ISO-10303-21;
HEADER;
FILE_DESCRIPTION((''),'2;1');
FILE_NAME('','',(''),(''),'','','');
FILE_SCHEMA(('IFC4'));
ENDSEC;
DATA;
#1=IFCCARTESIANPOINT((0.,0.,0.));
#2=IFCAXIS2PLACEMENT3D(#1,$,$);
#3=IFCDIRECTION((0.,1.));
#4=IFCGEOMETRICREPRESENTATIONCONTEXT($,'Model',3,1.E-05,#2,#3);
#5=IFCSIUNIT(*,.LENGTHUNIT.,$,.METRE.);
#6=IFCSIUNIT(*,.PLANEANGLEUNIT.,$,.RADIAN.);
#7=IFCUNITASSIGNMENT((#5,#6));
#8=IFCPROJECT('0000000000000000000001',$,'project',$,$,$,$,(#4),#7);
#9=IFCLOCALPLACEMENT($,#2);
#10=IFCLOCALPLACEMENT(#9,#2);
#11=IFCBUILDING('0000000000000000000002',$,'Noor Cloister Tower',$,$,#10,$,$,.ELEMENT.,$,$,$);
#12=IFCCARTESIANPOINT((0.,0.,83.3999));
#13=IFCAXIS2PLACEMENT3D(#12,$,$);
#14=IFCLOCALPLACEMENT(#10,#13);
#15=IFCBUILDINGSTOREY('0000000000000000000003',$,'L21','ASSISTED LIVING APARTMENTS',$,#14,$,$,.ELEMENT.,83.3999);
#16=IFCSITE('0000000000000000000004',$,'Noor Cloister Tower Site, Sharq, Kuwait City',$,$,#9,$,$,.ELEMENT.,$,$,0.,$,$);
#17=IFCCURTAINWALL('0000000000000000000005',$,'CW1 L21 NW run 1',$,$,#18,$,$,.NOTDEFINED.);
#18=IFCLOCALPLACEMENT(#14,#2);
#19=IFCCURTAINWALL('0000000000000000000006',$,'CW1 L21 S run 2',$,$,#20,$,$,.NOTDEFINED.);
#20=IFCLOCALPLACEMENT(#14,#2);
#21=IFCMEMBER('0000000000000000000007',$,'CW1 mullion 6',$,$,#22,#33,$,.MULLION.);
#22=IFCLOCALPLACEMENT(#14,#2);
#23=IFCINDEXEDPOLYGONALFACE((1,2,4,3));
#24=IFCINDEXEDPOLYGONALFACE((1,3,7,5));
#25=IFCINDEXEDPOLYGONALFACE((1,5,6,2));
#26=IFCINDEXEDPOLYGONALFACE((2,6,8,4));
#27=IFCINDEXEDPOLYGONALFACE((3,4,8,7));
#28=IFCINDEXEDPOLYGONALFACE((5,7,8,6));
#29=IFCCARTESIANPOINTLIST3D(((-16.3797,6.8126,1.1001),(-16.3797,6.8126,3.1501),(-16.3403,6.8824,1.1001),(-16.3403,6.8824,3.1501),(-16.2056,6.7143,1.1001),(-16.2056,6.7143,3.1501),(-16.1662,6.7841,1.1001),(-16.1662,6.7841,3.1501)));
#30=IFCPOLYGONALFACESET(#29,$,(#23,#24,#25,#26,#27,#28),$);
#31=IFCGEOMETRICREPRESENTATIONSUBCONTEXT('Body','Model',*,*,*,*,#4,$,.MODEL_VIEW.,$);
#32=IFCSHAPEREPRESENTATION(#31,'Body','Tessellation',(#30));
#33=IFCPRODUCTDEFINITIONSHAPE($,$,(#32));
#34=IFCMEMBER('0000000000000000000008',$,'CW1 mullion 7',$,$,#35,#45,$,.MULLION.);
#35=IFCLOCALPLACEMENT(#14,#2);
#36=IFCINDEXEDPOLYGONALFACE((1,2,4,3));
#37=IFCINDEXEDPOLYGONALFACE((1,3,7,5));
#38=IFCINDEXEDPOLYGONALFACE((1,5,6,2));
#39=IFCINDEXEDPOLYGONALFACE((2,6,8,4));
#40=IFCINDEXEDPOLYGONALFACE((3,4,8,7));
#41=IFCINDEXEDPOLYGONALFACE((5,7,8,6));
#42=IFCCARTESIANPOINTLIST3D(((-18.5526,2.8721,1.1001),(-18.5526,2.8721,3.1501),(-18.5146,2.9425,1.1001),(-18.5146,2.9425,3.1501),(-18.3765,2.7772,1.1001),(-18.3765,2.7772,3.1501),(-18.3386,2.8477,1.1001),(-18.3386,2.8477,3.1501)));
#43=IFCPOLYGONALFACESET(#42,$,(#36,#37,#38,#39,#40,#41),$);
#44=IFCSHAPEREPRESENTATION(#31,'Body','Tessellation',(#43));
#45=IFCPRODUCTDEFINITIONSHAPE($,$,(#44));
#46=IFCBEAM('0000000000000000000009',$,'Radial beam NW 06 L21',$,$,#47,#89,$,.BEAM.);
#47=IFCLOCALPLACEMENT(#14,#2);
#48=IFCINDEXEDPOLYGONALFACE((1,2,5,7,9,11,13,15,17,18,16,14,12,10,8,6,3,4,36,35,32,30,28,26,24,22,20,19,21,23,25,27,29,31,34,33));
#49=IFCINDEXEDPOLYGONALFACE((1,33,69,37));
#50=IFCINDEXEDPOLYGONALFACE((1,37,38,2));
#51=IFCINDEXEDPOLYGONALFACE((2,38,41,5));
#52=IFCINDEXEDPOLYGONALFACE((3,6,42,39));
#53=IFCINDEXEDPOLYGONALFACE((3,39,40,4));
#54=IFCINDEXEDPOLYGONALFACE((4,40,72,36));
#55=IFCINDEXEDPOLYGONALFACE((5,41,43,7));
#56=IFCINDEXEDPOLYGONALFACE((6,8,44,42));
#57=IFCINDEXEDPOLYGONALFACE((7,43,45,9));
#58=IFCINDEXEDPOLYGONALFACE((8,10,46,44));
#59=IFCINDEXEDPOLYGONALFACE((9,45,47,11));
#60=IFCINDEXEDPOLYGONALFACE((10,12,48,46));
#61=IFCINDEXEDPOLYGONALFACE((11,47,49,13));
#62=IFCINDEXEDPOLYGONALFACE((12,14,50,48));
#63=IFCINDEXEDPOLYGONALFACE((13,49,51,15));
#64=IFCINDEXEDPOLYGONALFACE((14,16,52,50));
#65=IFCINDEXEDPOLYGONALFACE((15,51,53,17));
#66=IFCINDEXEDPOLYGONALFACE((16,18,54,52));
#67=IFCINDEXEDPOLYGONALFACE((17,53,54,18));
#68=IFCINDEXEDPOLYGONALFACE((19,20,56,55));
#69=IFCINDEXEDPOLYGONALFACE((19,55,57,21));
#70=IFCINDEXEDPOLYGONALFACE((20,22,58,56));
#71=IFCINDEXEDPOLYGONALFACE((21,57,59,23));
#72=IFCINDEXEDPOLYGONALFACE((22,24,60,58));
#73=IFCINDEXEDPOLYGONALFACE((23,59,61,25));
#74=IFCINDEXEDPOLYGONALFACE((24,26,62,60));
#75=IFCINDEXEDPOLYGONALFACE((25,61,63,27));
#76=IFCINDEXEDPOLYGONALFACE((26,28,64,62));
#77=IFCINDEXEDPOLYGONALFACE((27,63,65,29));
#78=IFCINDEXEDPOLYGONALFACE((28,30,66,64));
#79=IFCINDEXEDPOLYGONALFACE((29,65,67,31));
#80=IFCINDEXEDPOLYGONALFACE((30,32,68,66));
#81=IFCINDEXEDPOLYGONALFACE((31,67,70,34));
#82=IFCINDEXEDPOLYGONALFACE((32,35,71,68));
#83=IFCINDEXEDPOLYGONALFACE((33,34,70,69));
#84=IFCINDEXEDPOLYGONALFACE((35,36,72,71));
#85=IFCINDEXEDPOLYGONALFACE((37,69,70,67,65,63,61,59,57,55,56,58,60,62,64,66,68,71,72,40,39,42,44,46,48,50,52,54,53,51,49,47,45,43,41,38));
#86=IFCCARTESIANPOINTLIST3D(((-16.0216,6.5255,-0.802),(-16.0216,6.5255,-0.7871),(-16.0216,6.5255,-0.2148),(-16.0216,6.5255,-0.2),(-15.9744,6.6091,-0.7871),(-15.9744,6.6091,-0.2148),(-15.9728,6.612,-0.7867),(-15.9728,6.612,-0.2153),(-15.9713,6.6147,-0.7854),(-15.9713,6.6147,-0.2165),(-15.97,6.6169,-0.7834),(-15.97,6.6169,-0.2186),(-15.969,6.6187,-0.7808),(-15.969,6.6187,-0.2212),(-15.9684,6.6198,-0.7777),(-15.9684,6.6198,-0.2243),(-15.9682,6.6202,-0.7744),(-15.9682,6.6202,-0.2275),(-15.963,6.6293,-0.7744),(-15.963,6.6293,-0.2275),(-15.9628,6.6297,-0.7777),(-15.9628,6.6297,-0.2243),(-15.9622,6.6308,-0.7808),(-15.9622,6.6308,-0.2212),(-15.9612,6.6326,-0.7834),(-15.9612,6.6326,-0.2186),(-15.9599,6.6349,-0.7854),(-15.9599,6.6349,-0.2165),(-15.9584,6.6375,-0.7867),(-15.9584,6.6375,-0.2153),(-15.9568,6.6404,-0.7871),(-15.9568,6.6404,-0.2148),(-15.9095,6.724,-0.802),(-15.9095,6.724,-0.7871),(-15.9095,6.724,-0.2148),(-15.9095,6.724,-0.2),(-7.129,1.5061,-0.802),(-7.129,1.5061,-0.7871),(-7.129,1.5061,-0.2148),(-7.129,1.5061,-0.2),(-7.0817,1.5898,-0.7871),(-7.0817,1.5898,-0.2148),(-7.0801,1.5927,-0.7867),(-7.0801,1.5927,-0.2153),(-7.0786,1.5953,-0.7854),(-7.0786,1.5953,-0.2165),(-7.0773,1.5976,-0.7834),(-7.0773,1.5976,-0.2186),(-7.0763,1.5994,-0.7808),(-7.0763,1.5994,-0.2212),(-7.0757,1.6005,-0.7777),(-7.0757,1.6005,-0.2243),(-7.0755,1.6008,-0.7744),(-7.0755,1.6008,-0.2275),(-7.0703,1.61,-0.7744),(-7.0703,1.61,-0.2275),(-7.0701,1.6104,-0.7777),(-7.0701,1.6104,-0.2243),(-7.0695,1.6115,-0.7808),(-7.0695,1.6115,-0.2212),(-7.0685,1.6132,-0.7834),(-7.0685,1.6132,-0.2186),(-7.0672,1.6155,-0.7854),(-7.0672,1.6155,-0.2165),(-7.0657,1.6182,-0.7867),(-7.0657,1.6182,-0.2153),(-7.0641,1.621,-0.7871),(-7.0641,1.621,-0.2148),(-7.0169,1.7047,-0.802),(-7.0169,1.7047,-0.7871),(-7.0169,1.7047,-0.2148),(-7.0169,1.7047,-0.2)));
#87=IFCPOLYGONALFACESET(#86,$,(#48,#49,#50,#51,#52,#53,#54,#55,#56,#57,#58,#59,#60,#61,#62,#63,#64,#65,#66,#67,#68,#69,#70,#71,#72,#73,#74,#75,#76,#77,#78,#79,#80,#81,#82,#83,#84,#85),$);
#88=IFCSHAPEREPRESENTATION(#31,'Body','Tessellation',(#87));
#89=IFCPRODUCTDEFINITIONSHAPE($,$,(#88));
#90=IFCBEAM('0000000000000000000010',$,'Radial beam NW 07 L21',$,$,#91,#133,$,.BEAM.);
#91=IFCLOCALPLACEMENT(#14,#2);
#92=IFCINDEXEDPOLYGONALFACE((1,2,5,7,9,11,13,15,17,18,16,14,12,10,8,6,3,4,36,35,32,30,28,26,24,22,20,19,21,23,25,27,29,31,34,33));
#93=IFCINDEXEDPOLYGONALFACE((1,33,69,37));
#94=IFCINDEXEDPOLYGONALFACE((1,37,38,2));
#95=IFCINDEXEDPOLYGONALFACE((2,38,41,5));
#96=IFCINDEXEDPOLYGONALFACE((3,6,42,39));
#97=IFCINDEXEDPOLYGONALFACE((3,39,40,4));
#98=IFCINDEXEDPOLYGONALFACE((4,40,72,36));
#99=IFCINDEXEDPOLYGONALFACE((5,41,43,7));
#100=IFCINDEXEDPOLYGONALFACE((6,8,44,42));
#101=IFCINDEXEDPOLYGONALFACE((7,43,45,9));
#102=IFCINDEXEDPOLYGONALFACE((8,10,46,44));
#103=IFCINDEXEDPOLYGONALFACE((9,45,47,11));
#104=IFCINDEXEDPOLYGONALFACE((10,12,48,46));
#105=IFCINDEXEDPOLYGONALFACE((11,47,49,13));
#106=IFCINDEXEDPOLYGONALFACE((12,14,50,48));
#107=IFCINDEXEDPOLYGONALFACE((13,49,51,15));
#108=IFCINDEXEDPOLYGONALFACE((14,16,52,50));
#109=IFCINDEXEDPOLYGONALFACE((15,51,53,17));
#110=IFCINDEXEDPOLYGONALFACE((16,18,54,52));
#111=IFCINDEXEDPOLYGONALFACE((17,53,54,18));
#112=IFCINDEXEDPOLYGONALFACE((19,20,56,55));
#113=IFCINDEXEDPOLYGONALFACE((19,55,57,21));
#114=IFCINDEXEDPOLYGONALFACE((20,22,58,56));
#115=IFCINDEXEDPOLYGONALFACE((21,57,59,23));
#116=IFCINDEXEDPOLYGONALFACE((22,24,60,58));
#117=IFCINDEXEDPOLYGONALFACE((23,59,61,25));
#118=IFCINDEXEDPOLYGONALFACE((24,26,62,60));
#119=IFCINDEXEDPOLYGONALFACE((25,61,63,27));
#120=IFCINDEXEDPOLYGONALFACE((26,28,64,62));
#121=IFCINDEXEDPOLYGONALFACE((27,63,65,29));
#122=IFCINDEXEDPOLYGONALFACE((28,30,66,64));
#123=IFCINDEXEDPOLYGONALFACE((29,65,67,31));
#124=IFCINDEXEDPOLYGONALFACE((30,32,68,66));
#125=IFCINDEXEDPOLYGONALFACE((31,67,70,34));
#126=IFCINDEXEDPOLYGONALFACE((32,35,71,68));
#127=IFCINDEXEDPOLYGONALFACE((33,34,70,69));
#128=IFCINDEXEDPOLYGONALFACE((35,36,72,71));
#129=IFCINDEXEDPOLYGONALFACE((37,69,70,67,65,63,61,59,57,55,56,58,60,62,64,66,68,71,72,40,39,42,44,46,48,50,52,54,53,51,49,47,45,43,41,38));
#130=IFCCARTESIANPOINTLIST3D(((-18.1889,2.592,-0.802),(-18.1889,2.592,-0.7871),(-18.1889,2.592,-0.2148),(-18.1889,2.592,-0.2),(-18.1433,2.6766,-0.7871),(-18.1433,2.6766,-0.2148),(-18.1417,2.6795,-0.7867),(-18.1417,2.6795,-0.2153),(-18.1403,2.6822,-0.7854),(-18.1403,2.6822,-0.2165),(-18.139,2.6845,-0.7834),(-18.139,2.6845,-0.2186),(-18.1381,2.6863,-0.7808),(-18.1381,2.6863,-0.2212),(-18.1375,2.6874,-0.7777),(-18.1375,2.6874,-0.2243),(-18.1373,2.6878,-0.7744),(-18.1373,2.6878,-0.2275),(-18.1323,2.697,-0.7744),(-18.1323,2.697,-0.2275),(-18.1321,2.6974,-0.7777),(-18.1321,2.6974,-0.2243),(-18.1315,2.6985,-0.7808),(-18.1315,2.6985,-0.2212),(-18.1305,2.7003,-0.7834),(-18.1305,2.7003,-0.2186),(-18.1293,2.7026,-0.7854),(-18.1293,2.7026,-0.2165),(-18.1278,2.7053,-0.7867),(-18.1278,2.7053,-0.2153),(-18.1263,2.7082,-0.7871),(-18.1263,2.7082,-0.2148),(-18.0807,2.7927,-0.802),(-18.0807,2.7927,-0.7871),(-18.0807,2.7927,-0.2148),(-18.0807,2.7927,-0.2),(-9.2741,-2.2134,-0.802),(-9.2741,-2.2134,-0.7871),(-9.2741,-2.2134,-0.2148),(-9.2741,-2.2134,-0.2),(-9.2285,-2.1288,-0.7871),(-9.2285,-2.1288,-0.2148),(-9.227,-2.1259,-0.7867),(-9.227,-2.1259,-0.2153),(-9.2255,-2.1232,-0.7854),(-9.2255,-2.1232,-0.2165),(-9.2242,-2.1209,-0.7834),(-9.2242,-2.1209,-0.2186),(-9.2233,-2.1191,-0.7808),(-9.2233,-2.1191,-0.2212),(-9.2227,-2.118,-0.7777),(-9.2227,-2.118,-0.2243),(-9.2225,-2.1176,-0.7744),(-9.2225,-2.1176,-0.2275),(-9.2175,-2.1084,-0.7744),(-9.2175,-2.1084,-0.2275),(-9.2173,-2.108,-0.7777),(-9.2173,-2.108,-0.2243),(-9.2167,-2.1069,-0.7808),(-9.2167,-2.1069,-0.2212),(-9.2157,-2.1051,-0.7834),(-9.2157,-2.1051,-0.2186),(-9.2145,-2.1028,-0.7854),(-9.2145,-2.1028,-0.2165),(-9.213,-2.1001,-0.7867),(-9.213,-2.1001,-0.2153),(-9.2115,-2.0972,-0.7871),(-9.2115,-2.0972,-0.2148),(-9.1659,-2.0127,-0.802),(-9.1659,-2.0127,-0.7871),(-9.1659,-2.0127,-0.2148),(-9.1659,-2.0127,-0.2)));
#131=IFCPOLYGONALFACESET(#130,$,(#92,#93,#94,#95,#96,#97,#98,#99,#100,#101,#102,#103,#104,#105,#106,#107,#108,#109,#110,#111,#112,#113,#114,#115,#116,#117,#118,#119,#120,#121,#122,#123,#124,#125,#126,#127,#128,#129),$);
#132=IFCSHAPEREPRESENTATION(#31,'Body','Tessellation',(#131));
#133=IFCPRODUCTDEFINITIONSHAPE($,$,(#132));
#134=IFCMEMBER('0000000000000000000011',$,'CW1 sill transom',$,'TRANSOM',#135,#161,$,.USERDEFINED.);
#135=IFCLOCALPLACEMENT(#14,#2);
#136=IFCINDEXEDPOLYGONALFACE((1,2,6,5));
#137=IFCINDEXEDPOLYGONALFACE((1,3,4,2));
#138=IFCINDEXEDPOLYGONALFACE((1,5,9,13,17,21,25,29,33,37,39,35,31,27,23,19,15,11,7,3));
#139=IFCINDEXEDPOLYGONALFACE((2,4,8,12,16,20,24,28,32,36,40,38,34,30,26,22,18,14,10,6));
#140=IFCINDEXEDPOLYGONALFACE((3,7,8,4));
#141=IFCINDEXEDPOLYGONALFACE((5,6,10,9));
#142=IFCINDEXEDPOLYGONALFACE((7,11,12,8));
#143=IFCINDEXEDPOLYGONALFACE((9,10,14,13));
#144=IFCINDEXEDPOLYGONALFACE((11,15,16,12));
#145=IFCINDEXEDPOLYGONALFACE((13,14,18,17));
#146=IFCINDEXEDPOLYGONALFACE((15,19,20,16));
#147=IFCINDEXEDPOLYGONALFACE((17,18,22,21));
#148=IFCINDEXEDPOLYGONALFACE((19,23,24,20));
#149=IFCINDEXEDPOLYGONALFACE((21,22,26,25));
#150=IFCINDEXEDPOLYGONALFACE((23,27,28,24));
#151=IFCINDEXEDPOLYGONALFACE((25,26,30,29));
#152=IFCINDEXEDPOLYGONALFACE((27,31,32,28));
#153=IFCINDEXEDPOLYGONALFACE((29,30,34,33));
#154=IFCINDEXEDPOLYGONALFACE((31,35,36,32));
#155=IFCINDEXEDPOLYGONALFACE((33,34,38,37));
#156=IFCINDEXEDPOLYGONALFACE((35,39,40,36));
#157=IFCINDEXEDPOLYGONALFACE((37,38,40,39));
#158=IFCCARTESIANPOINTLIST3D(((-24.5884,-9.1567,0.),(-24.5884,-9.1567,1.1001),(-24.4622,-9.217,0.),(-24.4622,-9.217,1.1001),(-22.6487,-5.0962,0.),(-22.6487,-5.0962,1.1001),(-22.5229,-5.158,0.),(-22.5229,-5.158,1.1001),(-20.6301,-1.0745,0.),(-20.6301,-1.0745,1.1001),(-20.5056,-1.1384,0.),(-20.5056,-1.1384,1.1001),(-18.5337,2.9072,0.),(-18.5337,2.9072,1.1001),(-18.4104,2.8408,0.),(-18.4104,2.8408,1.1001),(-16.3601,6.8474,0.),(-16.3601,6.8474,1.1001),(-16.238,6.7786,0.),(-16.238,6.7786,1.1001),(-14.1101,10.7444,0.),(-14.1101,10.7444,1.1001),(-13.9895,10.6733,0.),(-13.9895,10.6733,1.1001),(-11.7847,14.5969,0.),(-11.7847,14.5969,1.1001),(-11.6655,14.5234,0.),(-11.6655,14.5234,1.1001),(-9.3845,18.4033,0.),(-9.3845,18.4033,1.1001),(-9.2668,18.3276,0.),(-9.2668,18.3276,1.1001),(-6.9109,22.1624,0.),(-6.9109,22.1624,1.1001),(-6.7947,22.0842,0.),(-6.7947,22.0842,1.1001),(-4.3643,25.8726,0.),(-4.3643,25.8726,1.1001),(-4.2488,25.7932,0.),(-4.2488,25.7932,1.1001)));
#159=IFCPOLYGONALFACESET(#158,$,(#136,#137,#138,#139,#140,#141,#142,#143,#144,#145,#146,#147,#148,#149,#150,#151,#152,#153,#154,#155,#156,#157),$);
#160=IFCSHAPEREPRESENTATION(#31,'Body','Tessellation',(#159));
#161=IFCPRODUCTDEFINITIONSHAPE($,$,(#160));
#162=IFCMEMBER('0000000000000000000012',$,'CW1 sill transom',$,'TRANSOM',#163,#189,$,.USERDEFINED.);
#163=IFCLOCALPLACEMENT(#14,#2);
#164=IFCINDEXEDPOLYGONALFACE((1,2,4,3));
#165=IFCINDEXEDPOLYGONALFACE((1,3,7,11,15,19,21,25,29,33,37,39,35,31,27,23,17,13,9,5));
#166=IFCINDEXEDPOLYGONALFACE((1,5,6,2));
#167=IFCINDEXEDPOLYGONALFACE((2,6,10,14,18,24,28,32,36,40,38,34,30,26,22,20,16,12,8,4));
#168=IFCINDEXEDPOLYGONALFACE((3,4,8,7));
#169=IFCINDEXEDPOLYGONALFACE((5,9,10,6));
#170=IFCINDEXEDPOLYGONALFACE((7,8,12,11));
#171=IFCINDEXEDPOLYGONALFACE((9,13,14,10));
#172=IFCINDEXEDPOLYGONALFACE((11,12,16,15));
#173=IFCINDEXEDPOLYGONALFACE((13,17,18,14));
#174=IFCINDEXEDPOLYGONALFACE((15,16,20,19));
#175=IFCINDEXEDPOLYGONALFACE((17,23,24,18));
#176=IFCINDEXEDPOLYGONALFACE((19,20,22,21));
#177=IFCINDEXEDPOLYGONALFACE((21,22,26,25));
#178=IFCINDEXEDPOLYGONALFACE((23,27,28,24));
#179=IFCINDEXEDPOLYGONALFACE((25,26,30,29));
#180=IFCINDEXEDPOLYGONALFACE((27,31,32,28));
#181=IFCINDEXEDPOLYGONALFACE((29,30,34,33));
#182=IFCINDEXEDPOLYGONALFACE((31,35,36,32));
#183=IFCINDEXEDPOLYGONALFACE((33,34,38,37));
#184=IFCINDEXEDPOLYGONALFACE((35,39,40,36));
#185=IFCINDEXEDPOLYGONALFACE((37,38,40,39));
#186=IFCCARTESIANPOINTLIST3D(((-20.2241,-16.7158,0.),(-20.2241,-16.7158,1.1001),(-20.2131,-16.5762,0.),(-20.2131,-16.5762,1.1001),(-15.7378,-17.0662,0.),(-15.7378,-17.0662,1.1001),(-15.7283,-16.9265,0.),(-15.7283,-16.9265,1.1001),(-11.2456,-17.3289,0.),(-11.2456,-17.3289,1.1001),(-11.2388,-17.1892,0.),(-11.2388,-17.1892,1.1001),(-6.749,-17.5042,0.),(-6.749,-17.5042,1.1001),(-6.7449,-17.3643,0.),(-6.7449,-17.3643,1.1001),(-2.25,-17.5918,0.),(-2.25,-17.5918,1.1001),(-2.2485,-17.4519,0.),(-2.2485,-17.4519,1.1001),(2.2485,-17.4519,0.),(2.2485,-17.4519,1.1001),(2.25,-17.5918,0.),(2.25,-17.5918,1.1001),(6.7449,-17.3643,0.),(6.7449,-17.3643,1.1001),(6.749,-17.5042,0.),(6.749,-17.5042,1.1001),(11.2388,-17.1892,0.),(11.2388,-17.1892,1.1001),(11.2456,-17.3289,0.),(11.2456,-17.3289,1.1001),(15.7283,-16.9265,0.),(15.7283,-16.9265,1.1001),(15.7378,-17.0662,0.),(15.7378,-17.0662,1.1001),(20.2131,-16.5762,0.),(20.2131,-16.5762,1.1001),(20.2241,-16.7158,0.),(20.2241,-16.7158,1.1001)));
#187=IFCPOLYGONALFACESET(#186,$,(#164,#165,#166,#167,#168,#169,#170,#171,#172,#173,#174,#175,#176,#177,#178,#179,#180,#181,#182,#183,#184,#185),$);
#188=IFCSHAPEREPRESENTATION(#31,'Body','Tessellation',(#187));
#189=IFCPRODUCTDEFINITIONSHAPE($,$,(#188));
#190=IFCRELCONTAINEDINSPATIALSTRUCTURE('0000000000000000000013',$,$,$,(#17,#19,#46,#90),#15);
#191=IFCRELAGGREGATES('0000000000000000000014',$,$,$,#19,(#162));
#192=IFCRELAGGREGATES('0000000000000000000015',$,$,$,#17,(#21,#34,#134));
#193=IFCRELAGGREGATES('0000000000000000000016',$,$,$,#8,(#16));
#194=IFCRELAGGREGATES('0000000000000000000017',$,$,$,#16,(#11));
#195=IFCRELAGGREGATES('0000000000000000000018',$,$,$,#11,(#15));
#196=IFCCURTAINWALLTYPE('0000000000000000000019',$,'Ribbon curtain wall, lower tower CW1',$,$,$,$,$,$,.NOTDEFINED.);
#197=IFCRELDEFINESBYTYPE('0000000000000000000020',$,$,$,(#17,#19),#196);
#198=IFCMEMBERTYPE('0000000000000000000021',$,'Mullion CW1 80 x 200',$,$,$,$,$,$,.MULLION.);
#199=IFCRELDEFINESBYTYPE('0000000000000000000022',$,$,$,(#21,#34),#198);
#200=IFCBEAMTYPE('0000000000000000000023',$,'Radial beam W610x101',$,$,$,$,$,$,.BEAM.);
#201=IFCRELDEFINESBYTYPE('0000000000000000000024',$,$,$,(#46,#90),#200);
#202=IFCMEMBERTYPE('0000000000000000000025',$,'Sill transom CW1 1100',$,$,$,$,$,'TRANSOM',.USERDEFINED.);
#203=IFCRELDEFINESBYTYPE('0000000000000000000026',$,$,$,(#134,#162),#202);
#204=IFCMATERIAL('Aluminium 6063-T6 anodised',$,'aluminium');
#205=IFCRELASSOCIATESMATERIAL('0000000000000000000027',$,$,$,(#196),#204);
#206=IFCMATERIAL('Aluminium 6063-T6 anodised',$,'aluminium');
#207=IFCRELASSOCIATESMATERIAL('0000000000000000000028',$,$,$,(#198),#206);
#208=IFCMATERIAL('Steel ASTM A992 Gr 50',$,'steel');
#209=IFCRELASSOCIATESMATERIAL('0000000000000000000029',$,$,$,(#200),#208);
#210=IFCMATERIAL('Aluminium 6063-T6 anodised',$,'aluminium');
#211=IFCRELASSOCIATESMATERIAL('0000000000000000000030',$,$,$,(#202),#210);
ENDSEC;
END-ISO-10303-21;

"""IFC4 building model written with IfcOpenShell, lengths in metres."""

from ifc_helpers import new_model, si_unit, direction, frame, origin, origin_2d, place, context, subcontext, project, spatial, polyline, rectangle, i_section, outline, extrude, material, material_profile, profile_set, type_object, element, aggregate, save


model = new_model("IFC4")

# Units and contexts
model_context = context("Model", 3, precision=1e-05, world=origin(), true_north=direction((0.0, 1.0)))
body_context = subcontext(model_context, "Body", "Model", "MODEL_VIEW")
ifc_project = project(units=[si_unit("LENGTHUNIT", "METRE"), si_unit("PLANEANGLEUNIT", "RADIAN")], contexts=[model_context])

# Site, building, storey
site_placement = place(None, origin())
site = spatial("IfcSite", under=ifc_project, at=site_placement, Name="Noor Cloister Tower Site, Sharq, Kuwait City", CompositionType="ELEMENT", RefElevation=0.0)
building_placement = place(site_placement, origin())
building = spatial("IfcBuilding", under=site, at=building_placement, Name="Noor Cloister Tower", CompositionType="ELEMENT")
storey_placement = place(building_placement, frame((0.0, 0.0, 83.3999)))
storey = spatial("IfcBuildingStorey", under=building, at=storey_placement, Name="L21", Description="ASSISTED LIVING APARTMENTS", CompositionType="ELEMENT", Elevation=83.3999)

# Curtain walls
ifc_material_1 = material(Name="Aluminium 6063-T6 anodised", Category="aluminium")
curtain_wall_type = type_object("IfcCurtainWallType", Name="Ribbon curtain wall, lower tower CW1", PredefinedType="NOTDEFINED", material=ifc_material_1)
curtain_wall_1_placement = place(storey_placement, origin())
curtain_wall_1 = element("IfcCurtainWall", 1, at=curtain_wall_1_placement, inside=storey, type_object=curtain_wall_type, Name="CW1 L21 NW run 1", PredefinedType="NOTDEFINED")
curtain_wall_2_placement = place(storey_placement, origin())
curtain_wall_2 = element("IfcCurtainWall", 2, at=curtain_wall_2_placement, inside=storey, type_object=curtain_wall_type, Name="CW1 L21 S run 2", PredefinedType="NOTDEFINED")

# Members
ifc_material_2 = material(Name="Aluminium 6063-T6 anodised", Category="aluminium")
ifc_material_profile_1 = material_profile(ifc_material_2, rectangle(XDim=0.2, YDim=0.0801, at=origin_2d()), Name="200 x 80 mullion")
ifc_profile_set_1 = profile_set([ifc_material_profile_1], Name="Aluminium 6063-T6 anodised")
member_type_1 = type_object("IfcMemberType", Name="Mullion CW1 80 x 200", PredefinedType="MULLION", material=ifc_profile_set_1)
member_1_placement = place(storey_placement, frame((-16.2729, 6.7983, 1.1001), z_axis=(0.0, 0.0, 1.0), x_axis=(0.870854, -0.491541, 0.0)))
member_1 = element("IfcMember", 3, at=member_1_placement, type_object=member_type_1, Name="CW1 mullion 6", PredefinedType="MULLION", context=body_context, shape_type="SweptSolid", body=[
    extrude(rectangle(XDim=0.2, YDim=0.0801, at=origin_2d()), origin(), (0.0, 0.0, 1.0), 2.05),
])
member_2_placement = place(storey_placement, frame((-18.4456, 2.8599, 1.1001), z_axis=(0.0, 0.0, 1.0), x_axis=(0.880264, -0.474485, 0.0)))
member_2 = element("IfcMember", 4, at=member_2_placement, type_object=member_type_1, Name="CW1 mullion 7", PredefinedType="MULLION", context=body_context, shape_type="SweptSolid", body=[
    extrude(rectangle(XDim=0.2, YDim=0.0801, at=origin_2d()), origin(), (0.0, 0.0, 1.0), 2.05),
])

# Beams
ifc_material_3 = material(Name="Steel ASTM A992 Gr 50", Category="steel")
ifc_material_profile_2 = material_profile(ifc_material_3, i_section(OverallWidth=0.228, OverallDepth=0.6021, WebThickness=0.0105, FlangeThickness=0.0149, FilletRadius=0.0127, at=origin_2d()), Name="W610x101")
ifc_profile_set_2 = profile_set([ifc_material_profile_2], Name="Steel ASTM A992 Gr 50")
beam_type_1 = type_object("IfcBeamType", Name="Radial beam W610x101", PredefinedType="BEAM", material=ifc_profile_set_2)
beam_1_placement = place(storey_placement, frame((-15.9656, 6.6248, -0.501), z_axis=(0.870854, -0.491541, 0.0), x_axis=(0.491541, 0.870854, 0.0)))
element("IfcBeam", 5, at=beam_1_placement, inside=storey, type_object=beam_type_1, Name="Radial beam NW 06 L21", PredefinedType="BEAM", context=body_context, shape_type="SweptSolid", body=[
    extrude(i_section(OverallWidth=0.228, OverallDepth=0.6021, WebThickness=0.0105, FlangeThickness=0.0149, FilletRadius=0.0127, at=origin_2d()), origin(), (0.0, 0.0, 1.0), 10.2114),
])
beam_2_placement = place(storey_placement, frame((-18.1348, 2.6924, -0.501), z_axis=(0.880259, -0.474494, 0.0), x_axis=(0.474494, 0.880259, 0.0)))
element("IfcBeam", 6, at=beam_2_placement, inside=storey, type_object=beam_type_1, Name="Radial beam NW 07 L21", PredefinedType="BEAM", context=body_context, shape_type="SweptSolid", body=[
    extrude(i_section(OverallWidth=0.228, OverallDepth=0.6021, WebThickness=0.0105, FlangeThickness=0.0149, FilletRadius=0.0127, at=origin_2d()), origin(), (0.0, 0.0, 1.0), 10.1274),
])

# Members
ifc_material_4 = material(Name="Aluminium 6063-T6 anodised", Category="aluminium")
member_type_2 = type_object("IfcMemberType", Name="Sill transom CW1 1100", ElementType="TRANSOM", PredefinedType="USERDEFINED", material=ifc_material_4)
member_3_placement = place(storey_placement, origin())
member_3 = element("IfcMember", 7, at=member_3_placement, type_object=member_type_2, Name="CW1 sill transom", ObjectType="TRANSOM", PredefinedType="USERDEFINED", context=body_context, shape_type="SweptSolid", body=[
    extrude(outline(polyline([(-4.3643, 25.8726), (-6.9109, 22.1624), (-9.3845, 18.4033), (-11.7847, 14.5969), (-14.1101, 10.7444), (-16.3601, 6.8474), (-18.5337, 2.9072), (-20.6301, -1.0745), (-22.6487, -5.0962), (-24.5884, -9.1567), (-24.4622, -9.217), (-22.5229, -5.158), (-20.5056, -1.1384), (-18.4104, 2.8408), (-16.238, 6.7786), (-13.9895, 10.6733), (-11.6655, 14.5234), (-9.2668, 18.3276), (-6.7947, 22.0842), (-4.2488, 25.7932), (-4.3643, 25.8726)])), origin(), (0.0, 0.0, 1.0), 1.1001),
])
member_4_placement = place(storey_placement, origin())
member_4 = element("IfcMember", 8, at=member_4_placement, type_object=member_type_2, Name="CW1 sill transom", ObjectType="TRANSOM", PredefinedType="USERDEFINED", context=body_context, shape_type="SweptSolid", body=[
    extrude(outline(polyline([(-20.2241, -16.7158), (-15.7378, -17.0662), (-11.2456, -17.3289), (-6.749, -17.5042), (-2.25, -17.5918), (2.25, -17.5918), (6.749, -17.5042), (11.2456, -17.3289), (15.7378, -17.0662), (20.2241, -16.7158), (20.2131, -16.5762), (15.7283, -16.9265), (11.2388, -17.1892), (6.7449, -17.3643), (2.2485, -17.4519), (-2.2485, -17.4519), (-6.7449, -17.3643), (-11.2388, -17.1892), (-15.7283, -16.9265), (-20.2131, -16.5762), (-20.2241, -16.7158)])), origin(), (0.0, 0.0, 1.0), 1.1001),
])
aggregate(curtain_wall_2, [member_4])

aggregate(curtain_wall_1, [member_1, member_2, member_3])

save(model, "model.ifc")
